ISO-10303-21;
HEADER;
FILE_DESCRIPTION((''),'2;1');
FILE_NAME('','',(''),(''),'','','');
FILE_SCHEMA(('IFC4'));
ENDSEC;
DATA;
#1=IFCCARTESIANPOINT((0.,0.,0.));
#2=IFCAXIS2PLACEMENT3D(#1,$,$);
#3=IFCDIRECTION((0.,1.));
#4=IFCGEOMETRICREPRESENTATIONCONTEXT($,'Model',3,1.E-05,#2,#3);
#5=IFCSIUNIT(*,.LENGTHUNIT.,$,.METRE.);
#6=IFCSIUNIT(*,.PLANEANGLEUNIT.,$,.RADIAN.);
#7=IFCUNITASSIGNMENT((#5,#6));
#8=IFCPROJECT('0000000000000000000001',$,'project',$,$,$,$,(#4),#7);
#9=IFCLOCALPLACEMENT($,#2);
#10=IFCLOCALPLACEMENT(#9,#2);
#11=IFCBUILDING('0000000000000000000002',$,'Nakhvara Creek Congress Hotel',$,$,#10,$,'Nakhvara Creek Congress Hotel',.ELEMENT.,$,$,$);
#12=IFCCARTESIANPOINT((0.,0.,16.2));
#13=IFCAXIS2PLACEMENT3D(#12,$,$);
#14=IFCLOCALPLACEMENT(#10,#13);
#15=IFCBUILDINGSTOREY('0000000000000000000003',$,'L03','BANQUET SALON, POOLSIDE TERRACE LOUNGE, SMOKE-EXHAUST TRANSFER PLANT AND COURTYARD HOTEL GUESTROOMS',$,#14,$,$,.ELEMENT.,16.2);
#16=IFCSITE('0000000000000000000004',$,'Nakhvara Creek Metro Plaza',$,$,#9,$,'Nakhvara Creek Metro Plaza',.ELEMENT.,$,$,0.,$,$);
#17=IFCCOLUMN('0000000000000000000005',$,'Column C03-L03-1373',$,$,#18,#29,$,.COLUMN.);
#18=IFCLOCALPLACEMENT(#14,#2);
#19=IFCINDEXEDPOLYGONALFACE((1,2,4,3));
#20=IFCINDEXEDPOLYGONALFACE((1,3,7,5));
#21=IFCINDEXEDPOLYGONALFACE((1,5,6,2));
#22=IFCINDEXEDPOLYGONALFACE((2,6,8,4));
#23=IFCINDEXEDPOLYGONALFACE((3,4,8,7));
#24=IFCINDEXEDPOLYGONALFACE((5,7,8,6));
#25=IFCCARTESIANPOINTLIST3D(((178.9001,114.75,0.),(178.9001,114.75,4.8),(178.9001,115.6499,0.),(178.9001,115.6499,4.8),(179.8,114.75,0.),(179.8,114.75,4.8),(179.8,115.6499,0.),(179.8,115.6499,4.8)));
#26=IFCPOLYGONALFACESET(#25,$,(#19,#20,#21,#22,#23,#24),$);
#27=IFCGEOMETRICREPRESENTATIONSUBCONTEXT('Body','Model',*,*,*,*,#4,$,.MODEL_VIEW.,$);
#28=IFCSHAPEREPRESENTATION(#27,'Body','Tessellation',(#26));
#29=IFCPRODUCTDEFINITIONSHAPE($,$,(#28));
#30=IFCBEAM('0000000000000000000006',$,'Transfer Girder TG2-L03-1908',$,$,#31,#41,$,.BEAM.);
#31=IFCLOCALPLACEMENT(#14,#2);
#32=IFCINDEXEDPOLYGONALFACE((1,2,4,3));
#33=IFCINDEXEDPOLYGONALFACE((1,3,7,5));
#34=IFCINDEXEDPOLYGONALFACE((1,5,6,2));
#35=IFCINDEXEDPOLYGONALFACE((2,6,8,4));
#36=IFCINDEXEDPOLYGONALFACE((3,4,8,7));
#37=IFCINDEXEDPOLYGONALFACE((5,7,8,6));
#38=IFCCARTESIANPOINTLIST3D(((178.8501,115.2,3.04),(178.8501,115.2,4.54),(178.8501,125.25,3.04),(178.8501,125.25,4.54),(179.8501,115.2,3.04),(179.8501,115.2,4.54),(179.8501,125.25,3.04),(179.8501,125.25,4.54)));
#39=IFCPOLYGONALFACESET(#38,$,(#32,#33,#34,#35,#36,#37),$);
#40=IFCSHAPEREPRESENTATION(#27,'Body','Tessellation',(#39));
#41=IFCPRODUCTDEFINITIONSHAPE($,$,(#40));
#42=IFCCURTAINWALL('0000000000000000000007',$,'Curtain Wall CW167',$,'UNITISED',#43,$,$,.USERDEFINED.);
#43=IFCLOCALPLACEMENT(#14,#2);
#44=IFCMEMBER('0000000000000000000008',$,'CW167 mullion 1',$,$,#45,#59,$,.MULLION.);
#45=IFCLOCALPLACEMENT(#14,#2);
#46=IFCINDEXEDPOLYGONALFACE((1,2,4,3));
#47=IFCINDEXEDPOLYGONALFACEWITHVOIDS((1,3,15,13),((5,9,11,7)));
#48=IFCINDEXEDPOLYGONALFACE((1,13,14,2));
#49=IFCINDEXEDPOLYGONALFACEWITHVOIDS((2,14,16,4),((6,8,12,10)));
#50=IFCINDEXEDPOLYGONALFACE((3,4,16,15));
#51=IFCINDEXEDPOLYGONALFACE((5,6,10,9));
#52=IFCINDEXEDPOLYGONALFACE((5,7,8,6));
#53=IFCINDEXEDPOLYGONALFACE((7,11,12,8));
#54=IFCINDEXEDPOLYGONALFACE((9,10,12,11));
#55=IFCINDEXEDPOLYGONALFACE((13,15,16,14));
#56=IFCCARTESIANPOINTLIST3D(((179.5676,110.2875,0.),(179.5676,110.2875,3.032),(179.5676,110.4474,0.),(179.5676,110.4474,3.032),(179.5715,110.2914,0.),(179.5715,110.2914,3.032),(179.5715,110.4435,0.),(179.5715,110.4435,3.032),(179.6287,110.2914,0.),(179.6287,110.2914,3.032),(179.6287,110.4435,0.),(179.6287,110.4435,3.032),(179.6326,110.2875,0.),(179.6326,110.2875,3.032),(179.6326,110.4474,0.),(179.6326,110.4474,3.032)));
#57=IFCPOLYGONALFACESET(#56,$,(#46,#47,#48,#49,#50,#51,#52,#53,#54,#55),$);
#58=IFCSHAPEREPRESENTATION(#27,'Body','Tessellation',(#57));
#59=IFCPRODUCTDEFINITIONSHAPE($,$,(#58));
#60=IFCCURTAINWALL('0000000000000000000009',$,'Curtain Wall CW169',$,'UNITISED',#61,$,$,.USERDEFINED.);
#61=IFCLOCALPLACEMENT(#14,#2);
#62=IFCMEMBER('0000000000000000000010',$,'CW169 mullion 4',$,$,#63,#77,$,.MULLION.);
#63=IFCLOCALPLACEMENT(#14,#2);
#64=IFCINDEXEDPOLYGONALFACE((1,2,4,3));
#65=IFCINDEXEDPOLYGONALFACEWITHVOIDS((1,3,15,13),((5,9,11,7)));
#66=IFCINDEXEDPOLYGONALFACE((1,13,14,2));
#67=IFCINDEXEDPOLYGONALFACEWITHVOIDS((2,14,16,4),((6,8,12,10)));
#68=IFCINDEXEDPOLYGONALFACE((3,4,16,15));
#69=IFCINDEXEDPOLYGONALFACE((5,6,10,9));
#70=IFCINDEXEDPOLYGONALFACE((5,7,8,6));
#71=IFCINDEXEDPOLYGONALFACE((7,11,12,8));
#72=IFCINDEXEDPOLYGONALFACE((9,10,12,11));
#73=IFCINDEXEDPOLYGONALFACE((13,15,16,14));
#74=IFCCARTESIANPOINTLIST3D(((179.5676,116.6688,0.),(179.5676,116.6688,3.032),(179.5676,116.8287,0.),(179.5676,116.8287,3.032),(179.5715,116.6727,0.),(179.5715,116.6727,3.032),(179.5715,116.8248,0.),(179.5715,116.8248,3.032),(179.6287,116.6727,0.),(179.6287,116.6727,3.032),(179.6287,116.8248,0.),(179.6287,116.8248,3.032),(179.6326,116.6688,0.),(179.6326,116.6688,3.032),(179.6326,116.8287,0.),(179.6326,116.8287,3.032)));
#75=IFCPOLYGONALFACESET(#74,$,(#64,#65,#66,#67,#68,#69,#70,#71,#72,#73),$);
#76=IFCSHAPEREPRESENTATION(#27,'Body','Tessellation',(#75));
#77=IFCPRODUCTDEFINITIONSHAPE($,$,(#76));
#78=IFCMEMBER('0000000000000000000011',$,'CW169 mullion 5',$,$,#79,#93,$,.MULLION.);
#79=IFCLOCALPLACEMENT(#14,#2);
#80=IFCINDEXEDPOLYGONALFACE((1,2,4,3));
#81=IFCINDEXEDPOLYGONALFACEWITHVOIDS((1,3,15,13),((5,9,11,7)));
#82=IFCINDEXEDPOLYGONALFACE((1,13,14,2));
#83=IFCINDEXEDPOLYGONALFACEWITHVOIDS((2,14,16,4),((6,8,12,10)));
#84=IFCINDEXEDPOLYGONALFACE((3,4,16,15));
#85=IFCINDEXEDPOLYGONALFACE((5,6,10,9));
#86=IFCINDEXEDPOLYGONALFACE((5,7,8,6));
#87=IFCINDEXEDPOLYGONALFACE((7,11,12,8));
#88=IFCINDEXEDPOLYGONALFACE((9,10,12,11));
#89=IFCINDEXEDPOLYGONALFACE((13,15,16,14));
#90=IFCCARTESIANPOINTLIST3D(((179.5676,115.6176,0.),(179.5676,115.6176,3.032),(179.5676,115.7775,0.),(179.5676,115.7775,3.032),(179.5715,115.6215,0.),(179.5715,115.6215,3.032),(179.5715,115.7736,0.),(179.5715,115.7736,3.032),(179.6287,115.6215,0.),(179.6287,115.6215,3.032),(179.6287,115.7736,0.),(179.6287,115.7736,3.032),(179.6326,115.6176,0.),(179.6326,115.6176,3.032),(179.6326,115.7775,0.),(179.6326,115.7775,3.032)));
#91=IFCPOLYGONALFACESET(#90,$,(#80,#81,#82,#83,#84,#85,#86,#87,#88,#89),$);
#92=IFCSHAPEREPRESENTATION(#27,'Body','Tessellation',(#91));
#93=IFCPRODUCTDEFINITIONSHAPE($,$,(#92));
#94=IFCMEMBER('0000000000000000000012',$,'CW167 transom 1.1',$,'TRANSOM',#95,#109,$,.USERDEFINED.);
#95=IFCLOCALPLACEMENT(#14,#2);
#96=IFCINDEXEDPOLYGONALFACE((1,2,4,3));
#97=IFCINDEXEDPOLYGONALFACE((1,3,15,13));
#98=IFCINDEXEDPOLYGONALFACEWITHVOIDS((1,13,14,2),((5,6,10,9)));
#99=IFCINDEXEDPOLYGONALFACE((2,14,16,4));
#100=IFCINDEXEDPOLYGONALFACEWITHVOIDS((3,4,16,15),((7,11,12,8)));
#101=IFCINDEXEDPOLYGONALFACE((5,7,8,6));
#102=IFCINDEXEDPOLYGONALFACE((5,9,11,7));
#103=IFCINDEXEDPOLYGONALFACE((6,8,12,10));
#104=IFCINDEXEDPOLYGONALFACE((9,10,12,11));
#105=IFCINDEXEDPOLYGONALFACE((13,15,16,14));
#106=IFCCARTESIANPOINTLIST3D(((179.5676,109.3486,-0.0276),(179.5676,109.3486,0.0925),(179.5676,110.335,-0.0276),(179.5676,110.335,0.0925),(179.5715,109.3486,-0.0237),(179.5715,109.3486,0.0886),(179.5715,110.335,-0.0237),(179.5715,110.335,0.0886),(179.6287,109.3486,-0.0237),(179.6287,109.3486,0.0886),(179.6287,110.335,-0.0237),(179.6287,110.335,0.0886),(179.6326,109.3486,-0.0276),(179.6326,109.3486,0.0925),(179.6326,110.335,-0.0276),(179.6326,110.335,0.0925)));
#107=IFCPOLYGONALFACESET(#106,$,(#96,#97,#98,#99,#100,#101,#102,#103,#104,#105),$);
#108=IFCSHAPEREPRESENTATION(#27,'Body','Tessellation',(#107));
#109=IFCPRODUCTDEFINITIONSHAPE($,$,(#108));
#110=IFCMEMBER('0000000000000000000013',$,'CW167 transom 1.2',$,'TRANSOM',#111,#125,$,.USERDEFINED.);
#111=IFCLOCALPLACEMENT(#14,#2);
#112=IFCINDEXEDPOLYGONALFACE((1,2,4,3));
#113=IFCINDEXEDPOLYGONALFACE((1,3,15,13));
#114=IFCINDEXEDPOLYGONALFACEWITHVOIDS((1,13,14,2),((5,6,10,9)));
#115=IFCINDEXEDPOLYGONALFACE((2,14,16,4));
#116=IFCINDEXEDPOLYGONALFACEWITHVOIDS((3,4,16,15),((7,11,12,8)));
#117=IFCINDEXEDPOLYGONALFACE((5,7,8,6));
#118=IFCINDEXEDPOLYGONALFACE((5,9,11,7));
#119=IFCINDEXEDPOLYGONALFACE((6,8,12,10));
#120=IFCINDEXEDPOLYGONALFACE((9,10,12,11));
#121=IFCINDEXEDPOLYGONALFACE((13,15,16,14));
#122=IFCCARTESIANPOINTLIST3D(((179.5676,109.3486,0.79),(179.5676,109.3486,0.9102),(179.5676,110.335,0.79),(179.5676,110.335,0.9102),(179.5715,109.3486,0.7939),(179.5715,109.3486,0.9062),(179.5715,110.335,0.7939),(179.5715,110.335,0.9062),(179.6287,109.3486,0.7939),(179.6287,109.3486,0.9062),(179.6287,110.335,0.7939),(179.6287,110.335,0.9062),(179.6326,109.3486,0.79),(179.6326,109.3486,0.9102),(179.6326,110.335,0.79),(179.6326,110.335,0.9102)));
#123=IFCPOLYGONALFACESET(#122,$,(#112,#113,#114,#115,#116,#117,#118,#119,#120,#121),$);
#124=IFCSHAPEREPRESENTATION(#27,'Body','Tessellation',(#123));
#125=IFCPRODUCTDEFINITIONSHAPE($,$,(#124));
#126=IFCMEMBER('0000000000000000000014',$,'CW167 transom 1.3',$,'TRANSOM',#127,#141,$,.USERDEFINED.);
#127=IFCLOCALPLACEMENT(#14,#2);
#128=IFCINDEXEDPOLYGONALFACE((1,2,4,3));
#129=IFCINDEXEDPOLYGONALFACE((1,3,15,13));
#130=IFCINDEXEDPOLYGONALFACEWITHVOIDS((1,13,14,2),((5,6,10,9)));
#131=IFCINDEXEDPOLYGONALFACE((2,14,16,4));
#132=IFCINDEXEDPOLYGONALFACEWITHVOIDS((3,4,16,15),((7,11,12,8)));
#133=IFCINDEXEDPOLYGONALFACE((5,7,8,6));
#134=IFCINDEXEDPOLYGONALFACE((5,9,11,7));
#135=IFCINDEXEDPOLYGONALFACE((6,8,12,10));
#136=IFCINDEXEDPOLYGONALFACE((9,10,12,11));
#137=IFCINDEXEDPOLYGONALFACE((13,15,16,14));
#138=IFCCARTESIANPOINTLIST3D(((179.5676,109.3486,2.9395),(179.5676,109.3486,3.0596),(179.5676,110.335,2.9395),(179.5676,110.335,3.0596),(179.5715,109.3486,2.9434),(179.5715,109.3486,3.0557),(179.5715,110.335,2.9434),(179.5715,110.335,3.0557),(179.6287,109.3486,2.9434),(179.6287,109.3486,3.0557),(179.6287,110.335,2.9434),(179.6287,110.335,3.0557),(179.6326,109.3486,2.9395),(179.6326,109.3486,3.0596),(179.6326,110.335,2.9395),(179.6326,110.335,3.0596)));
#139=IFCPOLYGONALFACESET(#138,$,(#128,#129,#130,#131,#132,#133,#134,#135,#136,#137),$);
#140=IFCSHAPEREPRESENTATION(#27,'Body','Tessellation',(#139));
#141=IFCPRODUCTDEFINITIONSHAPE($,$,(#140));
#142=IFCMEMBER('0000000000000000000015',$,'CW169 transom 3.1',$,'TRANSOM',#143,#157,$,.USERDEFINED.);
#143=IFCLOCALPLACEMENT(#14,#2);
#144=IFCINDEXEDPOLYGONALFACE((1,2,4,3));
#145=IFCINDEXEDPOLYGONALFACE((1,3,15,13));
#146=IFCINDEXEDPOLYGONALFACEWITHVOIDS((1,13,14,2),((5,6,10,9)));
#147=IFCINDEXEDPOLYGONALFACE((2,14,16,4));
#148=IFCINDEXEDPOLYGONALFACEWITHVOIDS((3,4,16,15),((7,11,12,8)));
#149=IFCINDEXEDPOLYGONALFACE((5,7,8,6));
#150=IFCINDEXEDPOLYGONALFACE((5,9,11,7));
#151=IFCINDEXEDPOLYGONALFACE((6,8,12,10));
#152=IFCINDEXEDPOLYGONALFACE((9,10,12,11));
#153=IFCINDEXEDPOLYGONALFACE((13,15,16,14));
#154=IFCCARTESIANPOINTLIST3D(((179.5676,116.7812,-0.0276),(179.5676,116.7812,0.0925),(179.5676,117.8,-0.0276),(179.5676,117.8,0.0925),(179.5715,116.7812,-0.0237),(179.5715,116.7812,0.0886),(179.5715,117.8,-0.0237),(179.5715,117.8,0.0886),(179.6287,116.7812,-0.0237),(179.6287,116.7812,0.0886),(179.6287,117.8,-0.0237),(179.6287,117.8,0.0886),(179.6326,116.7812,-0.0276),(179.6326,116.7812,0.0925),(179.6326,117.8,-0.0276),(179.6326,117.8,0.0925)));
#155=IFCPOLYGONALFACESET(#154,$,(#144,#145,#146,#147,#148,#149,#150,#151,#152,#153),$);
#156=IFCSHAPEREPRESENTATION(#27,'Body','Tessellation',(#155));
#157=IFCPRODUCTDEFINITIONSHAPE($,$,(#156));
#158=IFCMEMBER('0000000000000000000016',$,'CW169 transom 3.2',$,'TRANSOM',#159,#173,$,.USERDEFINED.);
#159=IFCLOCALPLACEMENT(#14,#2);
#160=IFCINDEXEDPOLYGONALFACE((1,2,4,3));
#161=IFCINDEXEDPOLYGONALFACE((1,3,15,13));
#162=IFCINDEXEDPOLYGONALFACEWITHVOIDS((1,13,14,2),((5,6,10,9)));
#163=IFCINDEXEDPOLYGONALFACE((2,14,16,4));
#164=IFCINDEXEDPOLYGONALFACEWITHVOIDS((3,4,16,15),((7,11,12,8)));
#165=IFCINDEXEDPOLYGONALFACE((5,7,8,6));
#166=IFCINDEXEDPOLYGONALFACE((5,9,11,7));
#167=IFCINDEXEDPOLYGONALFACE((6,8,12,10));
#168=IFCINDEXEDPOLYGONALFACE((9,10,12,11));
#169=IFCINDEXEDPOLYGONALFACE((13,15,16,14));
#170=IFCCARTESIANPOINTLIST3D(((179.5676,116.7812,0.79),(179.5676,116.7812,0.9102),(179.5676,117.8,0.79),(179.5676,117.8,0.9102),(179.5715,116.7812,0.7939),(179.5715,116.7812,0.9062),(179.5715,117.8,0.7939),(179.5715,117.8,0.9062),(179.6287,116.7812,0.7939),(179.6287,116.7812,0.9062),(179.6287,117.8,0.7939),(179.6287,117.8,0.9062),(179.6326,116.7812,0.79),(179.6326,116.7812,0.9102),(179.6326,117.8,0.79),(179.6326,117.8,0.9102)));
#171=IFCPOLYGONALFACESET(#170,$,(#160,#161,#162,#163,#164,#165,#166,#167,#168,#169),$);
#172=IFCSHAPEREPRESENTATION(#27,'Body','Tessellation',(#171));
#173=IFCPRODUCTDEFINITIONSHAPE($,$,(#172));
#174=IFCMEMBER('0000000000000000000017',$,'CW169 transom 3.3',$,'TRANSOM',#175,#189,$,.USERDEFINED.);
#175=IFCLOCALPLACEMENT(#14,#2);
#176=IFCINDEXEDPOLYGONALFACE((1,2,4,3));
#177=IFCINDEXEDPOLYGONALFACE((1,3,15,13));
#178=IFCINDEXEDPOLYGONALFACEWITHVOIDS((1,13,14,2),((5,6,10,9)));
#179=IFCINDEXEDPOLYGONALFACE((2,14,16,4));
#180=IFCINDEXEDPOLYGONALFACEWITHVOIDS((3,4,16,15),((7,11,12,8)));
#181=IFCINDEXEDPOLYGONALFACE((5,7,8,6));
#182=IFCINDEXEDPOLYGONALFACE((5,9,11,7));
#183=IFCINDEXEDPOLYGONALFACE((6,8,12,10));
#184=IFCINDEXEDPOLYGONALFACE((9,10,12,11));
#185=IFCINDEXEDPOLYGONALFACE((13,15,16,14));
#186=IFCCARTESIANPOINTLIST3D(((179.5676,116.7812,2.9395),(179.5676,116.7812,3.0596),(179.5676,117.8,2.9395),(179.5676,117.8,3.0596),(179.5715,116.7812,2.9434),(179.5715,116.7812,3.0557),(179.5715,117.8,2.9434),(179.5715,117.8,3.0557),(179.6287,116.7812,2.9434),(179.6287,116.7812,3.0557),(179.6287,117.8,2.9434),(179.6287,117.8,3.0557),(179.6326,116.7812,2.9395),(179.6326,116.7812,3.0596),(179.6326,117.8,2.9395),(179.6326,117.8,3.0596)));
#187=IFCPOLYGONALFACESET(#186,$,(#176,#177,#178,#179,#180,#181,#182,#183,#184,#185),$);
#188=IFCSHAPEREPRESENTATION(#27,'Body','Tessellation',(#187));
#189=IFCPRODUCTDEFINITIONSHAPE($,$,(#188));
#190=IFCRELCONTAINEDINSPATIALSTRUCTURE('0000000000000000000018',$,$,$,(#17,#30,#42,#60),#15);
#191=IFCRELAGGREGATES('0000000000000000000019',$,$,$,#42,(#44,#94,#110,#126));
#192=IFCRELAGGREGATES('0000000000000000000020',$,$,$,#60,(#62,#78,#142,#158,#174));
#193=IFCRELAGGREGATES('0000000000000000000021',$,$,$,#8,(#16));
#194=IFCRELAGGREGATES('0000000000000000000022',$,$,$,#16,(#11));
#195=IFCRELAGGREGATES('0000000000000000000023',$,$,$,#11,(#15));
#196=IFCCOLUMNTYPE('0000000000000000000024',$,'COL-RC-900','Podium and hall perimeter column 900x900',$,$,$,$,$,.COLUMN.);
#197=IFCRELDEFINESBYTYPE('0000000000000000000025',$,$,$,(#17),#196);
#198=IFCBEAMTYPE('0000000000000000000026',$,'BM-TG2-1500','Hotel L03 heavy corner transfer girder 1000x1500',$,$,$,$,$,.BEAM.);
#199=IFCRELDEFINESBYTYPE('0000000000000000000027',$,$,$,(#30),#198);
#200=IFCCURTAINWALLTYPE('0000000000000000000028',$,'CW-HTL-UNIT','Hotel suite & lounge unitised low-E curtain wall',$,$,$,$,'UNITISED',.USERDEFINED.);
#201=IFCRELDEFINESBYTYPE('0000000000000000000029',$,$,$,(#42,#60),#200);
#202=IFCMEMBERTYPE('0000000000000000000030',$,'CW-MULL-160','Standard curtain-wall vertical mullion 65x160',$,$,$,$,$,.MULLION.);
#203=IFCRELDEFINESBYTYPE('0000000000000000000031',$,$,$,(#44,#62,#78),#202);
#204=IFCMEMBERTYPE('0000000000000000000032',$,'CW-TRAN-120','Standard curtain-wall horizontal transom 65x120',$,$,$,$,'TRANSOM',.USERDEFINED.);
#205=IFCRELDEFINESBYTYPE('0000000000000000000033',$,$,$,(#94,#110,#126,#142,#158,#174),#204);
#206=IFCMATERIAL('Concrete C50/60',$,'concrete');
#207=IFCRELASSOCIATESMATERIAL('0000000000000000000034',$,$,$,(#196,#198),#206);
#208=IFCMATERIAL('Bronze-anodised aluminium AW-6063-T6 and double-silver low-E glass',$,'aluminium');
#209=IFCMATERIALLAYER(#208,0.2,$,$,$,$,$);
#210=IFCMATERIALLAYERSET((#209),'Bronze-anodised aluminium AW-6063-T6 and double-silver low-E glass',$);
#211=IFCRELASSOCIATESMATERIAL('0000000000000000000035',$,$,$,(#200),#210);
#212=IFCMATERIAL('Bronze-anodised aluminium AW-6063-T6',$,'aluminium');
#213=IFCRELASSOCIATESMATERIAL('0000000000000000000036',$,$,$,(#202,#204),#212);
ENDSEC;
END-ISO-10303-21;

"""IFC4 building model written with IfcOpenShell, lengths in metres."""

from ifc_helpers import new_model, si_unit, direction, frame, origin, origin_2d, place, context, subcontext, project, spatial, rectangle, hollow_rectangle, extrude, material, layer, layer_set, material_profile, profile_set, type_object, element, aggregate, save


model = new_model("IFC4")

# Units and contexts
model_context = context("Model", 3, precision=1e-05, world=origin(), true_north=direction((0.0, 1.0)))
body_context = subcontext(model_context, "Body", "Model", "MODEL_VIEW")
ifc_project = project(units=[si_unit("LENGTHUNIT", "METRE"), si_unit("PLANEANGLEUNIT", "RADIAN")], contexts=[model_context])

# Site, building, storey
site_placement = place(None, origin())
site = spatial("IfcSite", under=ifc_project, at=site_placement, Name="Nakhvara Creek Metro Plaza", LongName="Nakhvara Creek Metro Plaza", CompositionType="ELEMENT", RefElevation=0.0)
building_placement = place(site_placement, origin())
building = spatial("IfcBuilding", under=site, at=building_placement, Name="Nakhvara Creek Congress Hotel", LongName="Nakhvara Creek Congress Hotel", CompositionType="ELEMENT")
storey_placement = place(building_placement, frame((0.0, 0.0, 16.2)))
storey = spatial("IfcBuildingStorey", under=building, at=storey_placement, Name="L03", Description="BANQUET SALON, POOLSIDE TERRACE LOUNGE, SMOKE-EXHAUST TRANSFER PLANT AND COURTYARD HOTEL GUESTROOMS", CompositionType="ELEMENT", Elevation=16.2)

# Column
ifc_material_1 = material(Name="Concrete C50/60", Category="concrete")
ifc_material_profile_1 = material_profile(ifc_material_1, rectangle(XDim=0.8999, YDim=0.8999, at=origin_2d()), Name="RC-COL 900x900", Category="LoadBearing")
ifc_profile_set_1 = profile_set([ifc_material_profile_1], Name="Concrete C50/60")
column_type = type_object("IfcColumnType", Name="COL-RC-900", Description="Podium and hall perimeter column 900x900", PredefinedType="COLUMN", material=ifc_profile_set_1)
column_placement = place(storey_placement, frame((179.3501, 115.2, 0.0), z_axis=(0.0, 0.0, 1.0), x_axis=(1.0, 0.0, 0.0)))
element("IfcColumn", 1, at=column_placement, inside=storey, type_object=column_type, Name="Column C03-L03-1373", PredefinedType="COLUMN", context=body_context, shape_type="SweptSolid", body=[
    extrude(rectangle(XDim=0.8999, YDim=0.8999, at=origin_2d()), origin(), (0.0, 0.0, 1.0), 4.8),
])

# Beam
ifc_material_profile_2 = material_profile(ifc_material_1, rectangle(XDim=1.0, YDim=1.5, at=origin_2d()), Name="RC-TG 1000x1500", Category="LoadBearing")
ifc_profile_set_2 = profile_set([ifc_material_profile_2], Name="Concrete C50/60")
beam_type = type_object("IfcBeamType", Name="BM-TG2-1500", Description="Hotel L03 heavy corner transfer girder 1000x1500", PredefinedType="BEAM", material=ifc_profile_set_2)
beam_placement = place(storey_placement, frame((179.3501, 115.2, 3.79), z_axis=(0.0, 1.0, 0.0), x_axis=(-1.0, 0.0, 0.0)))
element("IfcBeam", 2, at=beam_placement, inside=storey, type_object=beam_type, Name="Transfer Girder TG2-L03-1908", PredefinedType="BEAM", context=body_context, shape_type="SweptSolid", body=[
    extrude(rectangle(XDim=1.0, YDim=1.5, at=origin_2d()), origin(), (0.0, 0.0, 1.0), 10.05),
])

# Curtain wall, member
ifc_material_2 = material(Name="Bronze-anodised aluminium AW-6063-T6 and double-silver low-E glass", Category="aluminium")
ifc_layer_1 = layer(ifc_material_2, 0.2)
ifc_layer_set_1 = layer_set([ifc_layer_1], Name="Bronze-anodised aluminium AW-6063-T6 and double-silver low-E glass")
curtain_wall_type = type_object("IfcCurtainWallType", Name="CW-HTL-UNIT", Description="Hotel suite & lounge unitised low-E curtain wall", ElementType="UNITISED", PredefinedType="USERDEFINED", material=ifc_layer_set_1)
curtain_wall_1_placement = place(storey_placement, origin())
curtain_wall_1 = element("IfcCurtainWall", 3, at=curtain_wall_1_placement, inside=storey, type_object=curtain_wall_type, Name="Curtain Wall CW167", ObjectType="UNITISED", PredefinedType="USERDEFINED")
ifc_material_3 = material(Name="Bronze-anodised aluminium AW-6063-T6", Category="aluminium")
ifc_material_profile_3 = material_profile(ifc_material_3, hollow_rectangle(XDim=0.0649, YDim=0.1599, WallThickness=0.0039, at=origin_2d()), Name="ALU-MULL 65x160x4", Category="LoadBearing")
ifc_profile_set_3 = profile_set([ifc_material_profile_3], Name="Bronze-anodised aluminium AW-6063-T6")
member_type_1 = type_object("IfcMemberType", Name="CW-MULL-160", Description="Standard curtain-wall vertical mullion 65x160", PredefinedType="MULLION", material=ifc_profile_set_3)
member_1_placement = place(storey_placement, frame((179.6001, 110.3674, 0.0), z_axis=(0.0, 0.0, 1.0), x_axis=(1.0, 0.0, 0.0)))
member_1 = element("IfcMember", 4, at=member_1_placement, type_object=member_type_1, Name="CW167 mullion 1", PredefinedType="MULLION", context=body_context, shape_type="SweptSolid", body=[
    extrude(hollow_rectangle(XDim=0.0649, YDim=0.1599, WallThickness=0.0039, at=origin_2d()), origin(), (0.0, 0.0, 1.0), 3.032),
])

# Curtain wall, members
curtain_wall_2_placement = place(storey_placement, origin())
curtain_wall_2 = element("IfcCurtainWall", 5, at=curtain_wall_2_placement, inside=storey, type_object=curtain_wall_type, Name="Curtain Wall CW169", ObjectType="UNITISED", PredefinedType="USERDEFINED")
member_2_placement = place(storey_placement, frame((179.6001, 116.7488, 0.0), z_axis=(0.0, 0.0, 1.0), x_axis=(1.0, 0.0, 0.0)))
member_2 = element("IfcMember", 6, at=member_2_placement, type_object=member_type_1, Name="CW169 mullion 4", PredefinedType="MULLION", context=body_context, shape_type="SweptSolid", body=[
    extrude(hollow_rectangle(XDim=0.0649, YDim=0.1599, WallThickness=0.0039, at=origin_2d()), origin(), (0.0, 0.0, 1.0), 3.032),
])
member_3_placement = place(storey_placement, frame((179.6001, 115.6975, 0.0), z_axis=(0.0, 0.0, 1.0), x_axis=(1.0, 0.0, 0.0)))
member_3 = element("IfcMember", 7, at=member_3_placement, type_object=member_type_1, Name="CW169 mullion 5", PredefinedType="MULLION", context=body_context, shape_type="SweptSolid", body=[
    extrude(hollow_rectangle(XDim=0.0649, YDim=0.1599, WallThickness=0.0039, at=origin_2d()), origin(), (0.0, 0.0, 1.0), 3.032),
])

# Members
ifc_material_profile_4 = material_profile(ifc_material_3, hollow_rectangle(XDim=0.0649, YDim=0.1201, WallThickness=0.0039, at=origin_2d()), Name="ALU-TRAN 65x120x4", Category="LoadBearing")
ifc_profile_set_4 = profile_set([ifc_material_profile_4], Name="Bronze-anodised aluminium AW-6063-T6")
member_type_2 = type_object("IfcMemberType", Name="CW-TRAN-120", Description="Standard curtain-wall horizontal transom 65x120", ElementType="TRANSOM", PredefinedType="USERDEFINED", material=ifc_profile_set_4)
member_4_placement = place(storey_placement, frame((179.6001, 110.335, 0.0325), z_axis=(0.0, -1.0, 0.0), x_axis=(1.0, 0.0, 0.0)))
member_4 = element("IfcMember", 8, at=member_4_placement, type_object=member_type_2, Name="CW167 transom 1.1", ObjectType="TRANSOM", PredefinedType="USERDEFINED", context=body_context, shape_type="SweptSolid", body=[
    extrude(hollow_rectangle(XDim=0.0649, YDim=0.1201, WallThickness=0.0039, at=origin_2d()), origin(), (0.0, 0.0, 1.0), 0.9863),
])
member_5_placement = place(storey_placement, frame((179.6001, 110.335, 0.8501), z_axis=(0.0, -1.0, 0.0), x_axis=(1.0, 0.0, 0.0)))
member_5 = element("IfcMember", 9, at=member_5_placement, type_object=member_type_2, Name="CW167 transom 1.2", ObjectType="TRANSOM", PredefinedType="USERDEFINED", context=body_context, shape_type="SweptSolid", body=[
    extrude(hollow_rectangle(XDim=0.0649, YDim=0.1201, WallThickness=0.0039, at=origin_2d()), origin(), (0.0, 0.0, 1.0), 0.9863),
])
member_6_placement = place(storey_placement, frame((179.6001, 110.335, 2.9995), z_axis=(0.0, -1.0, 0.0), x_axis=(1.0, 0.0, 0.0)))
member_6 = element("IfcMember", 10, at=member_6_placement, type_object=member_type_2, Name="CW167 transom 1.3", ObjectType="TRANSOM", PredefinedType="USERDEFINED", context=body_context, shape_type="SweptSolid", body=[
    extrude(hollow_rectangle(XDim=0.0649, YDim=0.1201, WallThickness=0.0039, at=origin_2d()), origin(), (0.0, 0.0, 1.0), 0.9863),
])
aggregate(curtain_wall_1, [member_1, member_4, member_5, member_6])
member_7_placement = place(storey_placement, frame((179.6001, 117.8, 0.0325), z_axis=(0.0, -1.0, 0.0), x_axis=(1.0, 0.0, 0.0)))
member_7 = element("IfcMember", 11, at=member_7_placement, type_object=member_type_2, Name="CW169 transom 3.1", ObjectType="TRANSOM", PredefinedType="USERDEFINED", context=body_context, shape_type="SweptSolid", body=[
    extrude(hollow_rectangle(XDim=0.0649, YDim=0.1201, WallThickness=0.0039, at=origin_2d()), origin(), (0.0, 0.0, 1.0), 1.0188),
])
member_8_placement = place(storey_placement, frame((179.6001, 117.8, 0.8501), z_axis=(0.0, -1.0, 0.0), x_axis=(1.0, 0.0, 0.0)))
member_8 = element("IfcMember", 12, at=member_8_placement, type_object=member_type_2, Name="CW169 transom 3.2", ObjectType="TRANSOM", PredefinedType="USERDEFINED", context=body_context, shape_type="SweptSolid", body=[
    extrude(hollow_rectangle(XDim=0.0649, YDim=0.1201, WallThickness=0.0039, at=origin_2d()), origin(), (0.0, 0.0, 1.0), 1.0188),
])
member_9_placement = place(storey_placement, frame((179.6001, 117.8, 2.9995), z_axis=(0.0, -1.0, 0.0), x_axis=(1.0, 0.0, 0.0)))
member_9 = element("IfcMember", 13, at=member_9_placement, type_object=member_type_2, Name="CW169 transom 3.3", ObjectType="TRANSOM", PredefinedType="USERDEFINED", context=body_context, shape_type="SweptSolid", body=[
    extrude(hollow_rectangle(XDim=0.0649, YDim=0.1201, WallThickness=0.0039, at=origin_2d()), origin(), (0.0, 0.0, 1.0), 1.0188),
])

aggregate(curtain_wall_2, [member_2, member_3, member_7, member_8, member_9])

save(model, "model.ifc")
